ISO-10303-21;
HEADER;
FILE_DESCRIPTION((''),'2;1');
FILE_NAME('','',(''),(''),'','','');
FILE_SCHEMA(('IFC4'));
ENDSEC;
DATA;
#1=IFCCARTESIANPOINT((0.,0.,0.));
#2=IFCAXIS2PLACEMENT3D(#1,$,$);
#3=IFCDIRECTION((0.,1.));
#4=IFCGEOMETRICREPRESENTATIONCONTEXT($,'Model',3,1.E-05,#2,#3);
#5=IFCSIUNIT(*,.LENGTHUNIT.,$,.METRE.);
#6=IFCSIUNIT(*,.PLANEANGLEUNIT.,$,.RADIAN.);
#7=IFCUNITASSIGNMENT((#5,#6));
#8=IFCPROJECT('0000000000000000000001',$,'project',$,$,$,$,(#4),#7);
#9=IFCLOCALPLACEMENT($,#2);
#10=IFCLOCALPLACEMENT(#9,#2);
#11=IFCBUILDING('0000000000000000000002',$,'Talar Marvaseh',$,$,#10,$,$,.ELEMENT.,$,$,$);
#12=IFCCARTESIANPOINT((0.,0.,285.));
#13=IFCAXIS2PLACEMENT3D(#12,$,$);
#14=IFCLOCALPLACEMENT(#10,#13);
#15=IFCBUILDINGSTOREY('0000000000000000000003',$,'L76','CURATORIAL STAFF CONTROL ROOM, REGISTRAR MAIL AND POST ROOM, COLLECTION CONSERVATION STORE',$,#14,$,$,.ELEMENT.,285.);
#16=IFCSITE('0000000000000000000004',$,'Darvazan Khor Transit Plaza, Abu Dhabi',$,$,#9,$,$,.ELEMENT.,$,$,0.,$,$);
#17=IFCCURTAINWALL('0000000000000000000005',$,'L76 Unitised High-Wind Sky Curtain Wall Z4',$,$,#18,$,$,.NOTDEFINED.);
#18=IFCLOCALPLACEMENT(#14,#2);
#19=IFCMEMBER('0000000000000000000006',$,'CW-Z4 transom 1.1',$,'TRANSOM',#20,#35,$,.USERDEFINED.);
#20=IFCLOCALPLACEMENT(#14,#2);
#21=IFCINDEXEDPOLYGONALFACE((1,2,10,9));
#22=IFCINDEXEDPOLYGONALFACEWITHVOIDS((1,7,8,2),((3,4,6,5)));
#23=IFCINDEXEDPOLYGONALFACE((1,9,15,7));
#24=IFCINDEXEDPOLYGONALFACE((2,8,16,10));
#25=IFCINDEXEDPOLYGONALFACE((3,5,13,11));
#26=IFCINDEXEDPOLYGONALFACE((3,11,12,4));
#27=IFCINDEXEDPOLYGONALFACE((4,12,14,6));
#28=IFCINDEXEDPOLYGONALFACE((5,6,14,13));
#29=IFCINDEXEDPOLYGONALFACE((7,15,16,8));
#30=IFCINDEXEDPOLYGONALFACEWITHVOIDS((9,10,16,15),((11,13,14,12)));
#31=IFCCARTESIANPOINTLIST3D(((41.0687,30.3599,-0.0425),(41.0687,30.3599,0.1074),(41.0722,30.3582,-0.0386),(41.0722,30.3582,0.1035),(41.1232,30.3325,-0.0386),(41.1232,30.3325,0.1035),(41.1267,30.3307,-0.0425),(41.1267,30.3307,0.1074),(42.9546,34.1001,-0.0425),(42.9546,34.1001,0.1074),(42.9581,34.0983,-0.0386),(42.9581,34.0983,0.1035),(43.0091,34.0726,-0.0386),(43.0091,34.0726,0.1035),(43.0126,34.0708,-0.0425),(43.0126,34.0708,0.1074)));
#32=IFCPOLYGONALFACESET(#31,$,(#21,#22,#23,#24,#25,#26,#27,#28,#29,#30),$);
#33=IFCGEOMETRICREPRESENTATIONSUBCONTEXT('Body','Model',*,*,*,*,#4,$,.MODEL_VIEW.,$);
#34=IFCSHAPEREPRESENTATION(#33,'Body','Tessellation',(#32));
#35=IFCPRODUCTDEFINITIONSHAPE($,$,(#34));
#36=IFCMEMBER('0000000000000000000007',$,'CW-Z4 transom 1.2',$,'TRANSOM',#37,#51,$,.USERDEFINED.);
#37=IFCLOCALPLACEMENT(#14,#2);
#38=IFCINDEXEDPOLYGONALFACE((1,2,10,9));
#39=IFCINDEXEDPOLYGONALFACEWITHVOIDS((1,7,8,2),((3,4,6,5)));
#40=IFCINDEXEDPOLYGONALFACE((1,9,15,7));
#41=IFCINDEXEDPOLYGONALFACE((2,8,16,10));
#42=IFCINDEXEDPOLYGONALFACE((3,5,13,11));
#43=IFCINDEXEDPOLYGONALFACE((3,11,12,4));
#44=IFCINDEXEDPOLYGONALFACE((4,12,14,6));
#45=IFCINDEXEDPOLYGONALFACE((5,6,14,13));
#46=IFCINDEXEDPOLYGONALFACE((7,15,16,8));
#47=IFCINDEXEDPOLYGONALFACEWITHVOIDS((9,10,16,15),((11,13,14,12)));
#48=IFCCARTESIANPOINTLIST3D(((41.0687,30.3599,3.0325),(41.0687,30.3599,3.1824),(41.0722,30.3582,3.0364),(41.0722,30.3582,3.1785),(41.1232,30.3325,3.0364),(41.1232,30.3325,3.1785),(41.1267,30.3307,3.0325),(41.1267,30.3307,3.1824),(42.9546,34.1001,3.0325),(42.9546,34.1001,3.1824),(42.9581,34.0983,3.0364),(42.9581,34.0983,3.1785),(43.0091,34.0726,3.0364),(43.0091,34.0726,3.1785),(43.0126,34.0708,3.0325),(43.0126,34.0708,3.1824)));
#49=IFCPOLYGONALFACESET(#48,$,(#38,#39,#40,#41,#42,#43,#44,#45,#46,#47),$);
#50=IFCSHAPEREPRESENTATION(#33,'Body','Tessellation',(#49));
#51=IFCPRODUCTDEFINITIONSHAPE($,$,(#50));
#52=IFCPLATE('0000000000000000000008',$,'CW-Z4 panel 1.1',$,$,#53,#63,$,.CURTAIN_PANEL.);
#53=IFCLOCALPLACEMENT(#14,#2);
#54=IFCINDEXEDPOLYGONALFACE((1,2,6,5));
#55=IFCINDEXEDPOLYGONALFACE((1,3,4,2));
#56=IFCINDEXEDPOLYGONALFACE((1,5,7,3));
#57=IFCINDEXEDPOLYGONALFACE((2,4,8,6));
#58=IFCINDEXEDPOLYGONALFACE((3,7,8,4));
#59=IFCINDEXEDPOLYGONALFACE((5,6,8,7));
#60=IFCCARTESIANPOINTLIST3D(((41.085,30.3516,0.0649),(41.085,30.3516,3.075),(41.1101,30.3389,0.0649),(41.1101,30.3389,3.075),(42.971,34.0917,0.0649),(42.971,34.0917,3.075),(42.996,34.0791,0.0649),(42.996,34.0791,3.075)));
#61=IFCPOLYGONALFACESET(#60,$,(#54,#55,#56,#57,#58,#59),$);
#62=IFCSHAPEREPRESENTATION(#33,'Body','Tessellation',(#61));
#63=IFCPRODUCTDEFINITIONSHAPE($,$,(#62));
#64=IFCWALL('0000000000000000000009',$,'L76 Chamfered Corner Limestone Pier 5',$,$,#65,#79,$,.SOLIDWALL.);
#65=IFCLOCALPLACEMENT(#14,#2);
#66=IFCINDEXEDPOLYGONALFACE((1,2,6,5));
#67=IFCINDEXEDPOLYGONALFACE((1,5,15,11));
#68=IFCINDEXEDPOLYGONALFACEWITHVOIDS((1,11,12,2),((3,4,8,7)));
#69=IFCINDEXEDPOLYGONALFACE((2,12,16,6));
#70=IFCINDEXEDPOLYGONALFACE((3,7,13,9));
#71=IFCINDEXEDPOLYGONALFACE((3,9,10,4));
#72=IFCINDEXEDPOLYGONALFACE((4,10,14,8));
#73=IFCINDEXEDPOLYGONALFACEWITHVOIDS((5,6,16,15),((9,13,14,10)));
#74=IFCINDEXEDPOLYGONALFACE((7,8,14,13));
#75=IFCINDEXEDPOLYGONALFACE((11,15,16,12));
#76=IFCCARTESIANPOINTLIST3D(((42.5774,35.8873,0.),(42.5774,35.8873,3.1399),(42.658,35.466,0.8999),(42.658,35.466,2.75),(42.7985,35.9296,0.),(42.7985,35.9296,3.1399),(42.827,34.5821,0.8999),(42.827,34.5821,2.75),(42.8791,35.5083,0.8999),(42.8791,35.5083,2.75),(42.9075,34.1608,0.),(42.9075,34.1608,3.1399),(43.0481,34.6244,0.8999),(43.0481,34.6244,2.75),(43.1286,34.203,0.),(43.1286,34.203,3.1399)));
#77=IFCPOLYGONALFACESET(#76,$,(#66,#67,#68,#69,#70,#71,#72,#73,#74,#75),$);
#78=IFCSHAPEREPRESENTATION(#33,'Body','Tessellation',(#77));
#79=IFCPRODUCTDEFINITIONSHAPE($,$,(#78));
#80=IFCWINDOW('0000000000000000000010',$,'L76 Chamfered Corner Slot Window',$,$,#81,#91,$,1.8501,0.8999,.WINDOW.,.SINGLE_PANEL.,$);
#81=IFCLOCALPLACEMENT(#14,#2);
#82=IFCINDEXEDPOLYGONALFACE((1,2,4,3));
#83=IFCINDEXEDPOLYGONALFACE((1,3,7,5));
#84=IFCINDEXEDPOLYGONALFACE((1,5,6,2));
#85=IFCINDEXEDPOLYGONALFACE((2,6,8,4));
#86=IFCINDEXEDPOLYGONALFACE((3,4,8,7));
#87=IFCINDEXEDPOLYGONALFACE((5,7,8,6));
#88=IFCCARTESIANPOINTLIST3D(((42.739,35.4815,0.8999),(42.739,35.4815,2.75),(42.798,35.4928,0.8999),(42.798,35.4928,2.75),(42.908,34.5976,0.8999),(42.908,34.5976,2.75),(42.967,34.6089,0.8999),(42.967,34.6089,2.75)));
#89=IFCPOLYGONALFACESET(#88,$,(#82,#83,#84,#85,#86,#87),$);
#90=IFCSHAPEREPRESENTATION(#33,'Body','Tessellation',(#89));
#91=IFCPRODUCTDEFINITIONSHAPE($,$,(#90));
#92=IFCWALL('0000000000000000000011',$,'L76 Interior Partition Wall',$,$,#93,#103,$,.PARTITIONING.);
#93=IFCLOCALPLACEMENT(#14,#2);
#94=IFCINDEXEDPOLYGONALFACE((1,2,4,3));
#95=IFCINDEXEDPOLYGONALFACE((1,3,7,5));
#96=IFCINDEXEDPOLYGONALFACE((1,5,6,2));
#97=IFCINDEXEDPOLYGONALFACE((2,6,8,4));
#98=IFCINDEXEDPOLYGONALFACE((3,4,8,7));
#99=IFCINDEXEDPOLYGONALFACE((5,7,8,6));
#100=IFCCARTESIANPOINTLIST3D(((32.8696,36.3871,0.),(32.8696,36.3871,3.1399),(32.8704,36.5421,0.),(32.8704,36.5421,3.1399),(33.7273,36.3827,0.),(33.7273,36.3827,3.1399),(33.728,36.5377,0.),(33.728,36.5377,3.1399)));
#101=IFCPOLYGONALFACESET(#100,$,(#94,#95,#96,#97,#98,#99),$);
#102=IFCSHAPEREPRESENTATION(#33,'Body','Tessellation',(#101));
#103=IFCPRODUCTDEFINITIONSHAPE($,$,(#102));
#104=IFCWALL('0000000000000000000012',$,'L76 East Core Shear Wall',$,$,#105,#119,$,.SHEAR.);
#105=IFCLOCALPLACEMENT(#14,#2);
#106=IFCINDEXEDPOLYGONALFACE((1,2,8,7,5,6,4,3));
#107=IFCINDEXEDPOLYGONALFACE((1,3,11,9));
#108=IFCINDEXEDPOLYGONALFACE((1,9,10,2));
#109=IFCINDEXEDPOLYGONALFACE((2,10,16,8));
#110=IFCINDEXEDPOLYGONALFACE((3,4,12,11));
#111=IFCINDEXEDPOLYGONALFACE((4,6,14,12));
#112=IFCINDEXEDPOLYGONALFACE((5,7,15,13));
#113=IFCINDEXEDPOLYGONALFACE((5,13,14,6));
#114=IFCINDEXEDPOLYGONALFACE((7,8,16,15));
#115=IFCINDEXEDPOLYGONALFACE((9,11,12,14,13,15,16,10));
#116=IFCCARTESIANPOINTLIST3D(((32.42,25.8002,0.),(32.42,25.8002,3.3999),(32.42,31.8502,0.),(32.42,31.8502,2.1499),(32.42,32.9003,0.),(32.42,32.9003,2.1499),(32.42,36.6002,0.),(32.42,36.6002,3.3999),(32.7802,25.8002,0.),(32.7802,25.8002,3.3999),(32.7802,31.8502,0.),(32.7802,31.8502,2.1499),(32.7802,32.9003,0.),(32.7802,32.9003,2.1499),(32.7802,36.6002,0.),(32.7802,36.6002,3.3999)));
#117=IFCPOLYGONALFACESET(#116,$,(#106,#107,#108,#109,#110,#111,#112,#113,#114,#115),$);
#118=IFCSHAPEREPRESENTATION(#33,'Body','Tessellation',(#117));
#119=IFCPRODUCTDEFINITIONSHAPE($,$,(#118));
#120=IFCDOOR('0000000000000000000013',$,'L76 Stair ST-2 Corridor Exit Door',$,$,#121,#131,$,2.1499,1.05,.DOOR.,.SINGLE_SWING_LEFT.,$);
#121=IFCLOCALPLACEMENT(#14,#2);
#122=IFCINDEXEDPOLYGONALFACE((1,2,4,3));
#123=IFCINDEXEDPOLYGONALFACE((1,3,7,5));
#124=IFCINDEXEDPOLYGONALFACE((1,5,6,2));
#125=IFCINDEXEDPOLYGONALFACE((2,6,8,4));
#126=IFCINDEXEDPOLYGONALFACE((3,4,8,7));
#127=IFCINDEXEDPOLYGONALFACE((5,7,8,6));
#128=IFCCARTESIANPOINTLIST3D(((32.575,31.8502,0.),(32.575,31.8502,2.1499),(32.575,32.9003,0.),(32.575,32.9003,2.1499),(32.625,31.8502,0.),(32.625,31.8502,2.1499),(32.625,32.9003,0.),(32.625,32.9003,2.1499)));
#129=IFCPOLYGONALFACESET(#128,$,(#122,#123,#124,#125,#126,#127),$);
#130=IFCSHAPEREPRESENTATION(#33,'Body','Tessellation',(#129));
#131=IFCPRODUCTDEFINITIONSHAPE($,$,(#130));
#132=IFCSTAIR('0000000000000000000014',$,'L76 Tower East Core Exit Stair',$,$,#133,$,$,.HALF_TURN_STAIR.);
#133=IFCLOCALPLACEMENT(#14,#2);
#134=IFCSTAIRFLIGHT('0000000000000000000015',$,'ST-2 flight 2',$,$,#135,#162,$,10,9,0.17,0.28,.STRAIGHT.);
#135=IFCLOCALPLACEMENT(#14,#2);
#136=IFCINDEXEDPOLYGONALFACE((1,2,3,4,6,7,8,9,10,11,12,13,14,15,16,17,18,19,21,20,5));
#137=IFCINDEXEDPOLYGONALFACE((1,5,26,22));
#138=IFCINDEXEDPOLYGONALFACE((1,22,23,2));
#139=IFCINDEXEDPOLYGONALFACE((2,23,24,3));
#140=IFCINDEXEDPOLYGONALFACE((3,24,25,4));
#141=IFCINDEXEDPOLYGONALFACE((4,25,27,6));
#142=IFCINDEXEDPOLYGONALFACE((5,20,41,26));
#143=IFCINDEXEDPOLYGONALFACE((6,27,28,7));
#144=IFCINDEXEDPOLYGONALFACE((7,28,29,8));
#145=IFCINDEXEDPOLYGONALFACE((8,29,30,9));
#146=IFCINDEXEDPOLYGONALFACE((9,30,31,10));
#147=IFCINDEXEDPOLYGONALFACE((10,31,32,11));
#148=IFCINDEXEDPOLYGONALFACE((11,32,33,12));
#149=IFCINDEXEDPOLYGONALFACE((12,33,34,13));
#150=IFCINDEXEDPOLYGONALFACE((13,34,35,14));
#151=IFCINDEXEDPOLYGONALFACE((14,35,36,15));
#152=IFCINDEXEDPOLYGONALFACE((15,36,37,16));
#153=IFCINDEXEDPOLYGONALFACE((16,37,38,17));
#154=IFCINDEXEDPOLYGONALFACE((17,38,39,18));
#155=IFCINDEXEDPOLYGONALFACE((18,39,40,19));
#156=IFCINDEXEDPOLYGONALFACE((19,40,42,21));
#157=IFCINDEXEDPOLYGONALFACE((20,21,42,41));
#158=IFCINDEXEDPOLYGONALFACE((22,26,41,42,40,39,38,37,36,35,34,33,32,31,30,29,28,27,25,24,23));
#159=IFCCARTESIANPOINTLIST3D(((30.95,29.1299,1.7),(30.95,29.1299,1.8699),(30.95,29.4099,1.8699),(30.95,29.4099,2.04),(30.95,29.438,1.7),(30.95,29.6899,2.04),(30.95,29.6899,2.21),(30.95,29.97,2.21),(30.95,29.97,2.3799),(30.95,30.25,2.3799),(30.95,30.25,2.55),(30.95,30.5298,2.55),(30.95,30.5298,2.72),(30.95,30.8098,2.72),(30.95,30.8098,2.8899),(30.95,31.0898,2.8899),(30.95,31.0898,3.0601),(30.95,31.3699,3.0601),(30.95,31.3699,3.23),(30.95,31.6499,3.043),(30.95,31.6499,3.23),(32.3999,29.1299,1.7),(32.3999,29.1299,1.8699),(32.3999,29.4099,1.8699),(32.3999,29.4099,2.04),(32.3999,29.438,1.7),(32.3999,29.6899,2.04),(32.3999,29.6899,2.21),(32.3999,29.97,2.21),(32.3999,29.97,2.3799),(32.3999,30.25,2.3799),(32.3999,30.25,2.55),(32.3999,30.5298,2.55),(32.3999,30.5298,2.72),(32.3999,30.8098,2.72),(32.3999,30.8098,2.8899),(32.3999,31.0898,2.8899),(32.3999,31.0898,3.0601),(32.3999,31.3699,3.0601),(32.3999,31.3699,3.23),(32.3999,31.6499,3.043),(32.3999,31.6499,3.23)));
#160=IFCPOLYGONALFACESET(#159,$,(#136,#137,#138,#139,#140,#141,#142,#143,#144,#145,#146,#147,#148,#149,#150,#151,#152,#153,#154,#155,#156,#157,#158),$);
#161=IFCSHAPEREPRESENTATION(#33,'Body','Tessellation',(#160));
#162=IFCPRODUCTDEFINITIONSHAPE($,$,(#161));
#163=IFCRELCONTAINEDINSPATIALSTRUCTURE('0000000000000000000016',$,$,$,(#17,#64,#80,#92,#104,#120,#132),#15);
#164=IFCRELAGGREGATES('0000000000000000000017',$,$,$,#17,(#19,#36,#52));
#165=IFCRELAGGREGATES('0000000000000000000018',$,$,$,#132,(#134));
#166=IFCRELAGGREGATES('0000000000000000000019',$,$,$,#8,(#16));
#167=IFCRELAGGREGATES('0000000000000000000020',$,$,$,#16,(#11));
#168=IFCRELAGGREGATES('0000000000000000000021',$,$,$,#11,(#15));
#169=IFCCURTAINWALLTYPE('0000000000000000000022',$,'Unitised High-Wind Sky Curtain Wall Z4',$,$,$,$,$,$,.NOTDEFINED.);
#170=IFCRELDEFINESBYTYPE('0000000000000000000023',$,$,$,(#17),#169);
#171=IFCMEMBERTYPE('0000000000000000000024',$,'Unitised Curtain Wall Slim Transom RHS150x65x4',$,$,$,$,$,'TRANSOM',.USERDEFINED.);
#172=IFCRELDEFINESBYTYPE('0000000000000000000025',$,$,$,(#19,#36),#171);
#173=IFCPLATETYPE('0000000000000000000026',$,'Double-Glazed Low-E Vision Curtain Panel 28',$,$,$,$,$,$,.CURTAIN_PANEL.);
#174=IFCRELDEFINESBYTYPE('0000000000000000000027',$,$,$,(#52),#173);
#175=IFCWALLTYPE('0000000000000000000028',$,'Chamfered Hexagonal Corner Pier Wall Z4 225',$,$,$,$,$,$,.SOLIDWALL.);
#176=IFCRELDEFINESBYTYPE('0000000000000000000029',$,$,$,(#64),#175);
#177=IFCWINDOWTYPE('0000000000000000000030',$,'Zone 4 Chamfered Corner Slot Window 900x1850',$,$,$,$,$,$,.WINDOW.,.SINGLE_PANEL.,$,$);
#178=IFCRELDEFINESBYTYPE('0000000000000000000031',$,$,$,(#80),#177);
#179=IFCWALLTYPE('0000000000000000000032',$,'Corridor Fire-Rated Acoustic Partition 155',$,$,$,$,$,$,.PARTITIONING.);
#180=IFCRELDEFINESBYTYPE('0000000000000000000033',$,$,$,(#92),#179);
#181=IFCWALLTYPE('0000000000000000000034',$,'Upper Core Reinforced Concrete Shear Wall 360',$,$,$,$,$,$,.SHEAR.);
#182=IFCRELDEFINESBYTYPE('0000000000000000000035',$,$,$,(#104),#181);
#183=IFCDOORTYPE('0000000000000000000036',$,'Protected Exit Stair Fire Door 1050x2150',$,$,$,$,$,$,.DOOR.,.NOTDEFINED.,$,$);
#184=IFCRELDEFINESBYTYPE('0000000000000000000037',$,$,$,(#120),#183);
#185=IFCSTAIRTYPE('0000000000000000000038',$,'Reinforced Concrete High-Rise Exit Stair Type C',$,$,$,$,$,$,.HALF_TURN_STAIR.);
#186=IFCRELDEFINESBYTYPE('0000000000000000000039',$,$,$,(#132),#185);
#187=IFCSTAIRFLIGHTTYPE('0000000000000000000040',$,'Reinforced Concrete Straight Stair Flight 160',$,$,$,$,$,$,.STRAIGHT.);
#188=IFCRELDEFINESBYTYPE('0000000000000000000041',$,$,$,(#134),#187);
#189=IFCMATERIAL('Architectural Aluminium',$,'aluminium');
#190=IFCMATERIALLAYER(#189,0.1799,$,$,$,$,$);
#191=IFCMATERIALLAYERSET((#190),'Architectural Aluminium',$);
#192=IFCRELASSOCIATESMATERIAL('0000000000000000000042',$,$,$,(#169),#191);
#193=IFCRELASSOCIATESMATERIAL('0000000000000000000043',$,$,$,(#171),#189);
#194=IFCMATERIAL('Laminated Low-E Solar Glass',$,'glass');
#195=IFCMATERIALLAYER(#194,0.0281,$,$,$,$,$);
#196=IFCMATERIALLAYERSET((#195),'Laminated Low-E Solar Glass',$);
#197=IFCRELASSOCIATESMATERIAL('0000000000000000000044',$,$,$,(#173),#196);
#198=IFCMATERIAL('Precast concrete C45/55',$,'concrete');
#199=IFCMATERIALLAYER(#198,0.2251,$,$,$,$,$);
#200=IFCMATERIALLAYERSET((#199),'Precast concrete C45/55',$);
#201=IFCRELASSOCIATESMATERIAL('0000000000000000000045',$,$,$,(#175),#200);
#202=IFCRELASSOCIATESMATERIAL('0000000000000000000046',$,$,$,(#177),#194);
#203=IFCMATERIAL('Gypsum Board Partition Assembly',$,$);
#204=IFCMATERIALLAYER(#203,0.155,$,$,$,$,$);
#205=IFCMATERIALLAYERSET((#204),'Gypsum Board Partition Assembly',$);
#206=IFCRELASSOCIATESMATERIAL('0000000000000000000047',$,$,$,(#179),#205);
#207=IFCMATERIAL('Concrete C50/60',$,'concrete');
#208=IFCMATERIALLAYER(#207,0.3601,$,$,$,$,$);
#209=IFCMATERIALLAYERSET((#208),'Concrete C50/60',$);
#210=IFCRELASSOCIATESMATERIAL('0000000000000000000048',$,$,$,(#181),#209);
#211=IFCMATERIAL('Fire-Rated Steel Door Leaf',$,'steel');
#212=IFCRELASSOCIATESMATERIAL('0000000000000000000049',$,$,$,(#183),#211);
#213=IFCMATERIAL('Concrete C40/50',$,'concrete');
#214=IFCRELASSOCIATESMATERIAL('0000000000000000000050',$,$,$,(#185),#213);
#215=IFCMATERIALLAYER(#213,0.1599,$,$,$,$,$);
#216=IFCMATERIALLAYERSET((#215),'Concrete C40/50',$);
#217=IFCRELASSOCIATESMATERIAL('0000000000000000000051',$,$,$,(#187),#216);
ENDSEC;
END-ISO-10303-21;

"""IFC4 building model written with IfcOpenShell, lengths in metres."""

from ifc_helpers import new_model, si_unit, direction, frame, frame_2d, origin, origin_2d, place, context, subcontext, project, spatial, polyline, rectangle, hollow_rectangle, outline, extrude, source, transform, mapped, material, layer, layer_set, material_profile, profile_set, type_object, type_shapes, element, fill, aggregate, save


model = new_model("IFC4")

# Units and contexts
model_context = context("Model", 3, precision=1e-05, world=origin(), true_north=direction((0.0, 1.0)))
body_context = subcontext(model_context, "Body", "Model", "MODEL_VIEW")
ifc_project = project(units=[si_unit("LENGTHUNIT", "METRE"), si_unit("PLANEANGLEUNIT", "RADIAN")], contexts=[model_context])

# Site, building, storey
site_placement = place(None, origin())
site = spatial("IfcSite", under=ifc_project, at=site_placement, Name="Darvazan Khor Transit Plaza, Abu Dhabi", CompositionType="ELEMENT", RefElevation=0.0)
building_placement = place(site_placement, origin())
building = spatial("IfcBuilding", under=site, at=building_placement, Name="Talar Marvaseh", CompositionType="ELEMENT")
storey_placement = place(building_placement, frame((0.0, 0.0, 285.0)))
storey = spatial("IfcBuildingStorey", under=building, at=storey_placement, Name="L76", Description="CURATORIAL STAFF CONTROL ROOM, REGISTRAR MAIL AND POST ROOM, COLLECTION CONSERVATION STORE", CompositionType="ELEMENT", Elevation=285.0)

# Shared definitions
ifc_material_1 = material(Name="Concrete C50/60", Category="concrete")

# Shared definitions
ifc_material_2 = material(Name="Architectural Aluminium", Category="aluminium")
ifc_layer_1 = layer(ifc_material_2, 0.1799)
ifc_layer_set_1 = layer_set([ifc_layer_1], Name="Architectural Aluminium")
curtain_wall_type = type_object("IfcCurtainWallType", Name="Unitised High-Wind Sky Curtain Wall Z4", PredefinedType="NOTDEFINED", material=ifc_layer_set_1)

# Curtain wall, members, plate
curtain_wall_1_placement = place(storey_placement, origin())
curtain_wall_1 = element("IfcCurtainWall", 1, at=curtain_wall_1_placement, inside=storey, type_object=curtain_wall_type, Name="L76 Unitised High-Wind Sky Curtain Wall Z4", PredefinedType="NOTDEFINED")
ifc_material_profile_1 = material_profile(ifc_material_2, hollow_rectangle(XDim=0.0649, YDim=0.1499, WallThickness=0.0039, at=origin_2d()), Name="RHS150x65x4")
ifc_profile_set_1 = profile_set([ifc_material_profile_1], Name="Architectural Aluminium")
member_type_1 = type_object("IfcMemberType", Name="Unitised Curtain Wall Slim Transom RHS150x65x4", ElementType="TRANSOM", PredefinedType="USERDEFINED", material=ifc_profile_set_1)
shared_shape_1 = source(origin(), body_context, "Body", "SweptSolid", [
    extrude(hollow_rectangle(XDim=0.0649, YDim=0.1499, WallThickness=0.0039, at=origin_2d()), origin(), (0.0, 0.0, 1.0), 4.1887),
])
member_1_placement = place(storey_placement, frame((42.9836, 34.0854, 0.0325), z_axis=(-0.450242, -0.892907, 0.0), x_axis=(0.892907, -0.450242, 0.0)))
member_1 = element("IfcMember", 2, at=member_1_placement, type_object=member_type_1, Name="CW-Z4 transom 1.1", ObjectType="TRANSOM", PredefinedType="USERDEFINED", context=body_context, shape_type="MappedRepresentation", body=[
    mapped(shared_shape_1, transform((0.0, 0.0, 0.0), x_axis=(1.0, 0.0, 0.0), y_axis=(0.0, 1.0, 0.0), z_axis=(0.0, 0.0, 1.0), scale=1.0)),
])
member_2_placement = place(storey_placement, frame((42.9836, 34.0854, 3.1074), z_axis=(-0.450242, -0.892907, 0.0), x_axis=(0.892907, -0.450242, 0.0)))
member_2 = element("IfcMember", 3, at=member_2_placement, type_object=member_type_1, Name="CW-Z4 transom 1.2", ObjectType="TRANSOM", PredefinedType="USERDEFINED", context=body_context, shape_type="MappedRepresentation", body=[
    mapped(shared_shape_1, transform((0.0, 0.0, 0.0), x_axis=(1.0, 0.0, 0.0), y_axis=(0.0, 1.0, 0.0), z_axis=(0.0, 0.0, 1.0), scale=1.0)),
])
ifc_material_3 = material(Name="Laminated Low-E Solar Glass", Category="glass")
ifc_layer_2 = layer(ifc_material_3, 0.0281)
ifc_layer_set_2 = layer_set([ifc_layer_2], Name="Laminated Low-E Solar Glass")
plate_type = type_object("IfcPlateType", Name="Double-Glazed Low-E Vision Curtain Panel 28", PredefinedType="CURTAIN_PANEL", material=ifc_layer_set_2)
shared_shape_2 = source(origin(), body_context, "Body", "SweptSolid", [
    extrude(rectangle(XDim=4.1887, YDim=0.0281, at=origin_2d()), origin(), (0.0, 0.0, 1.0), 3.01),
])
type_shapes(plate_type, [shared_shape_2])
plate_placement = place(storey_placement, frame((42.0405, 32.2153, 0.0649), z_axis=(0.0, 0.0, 1.0), x_axis=(-0.450237, -0.892909, 0.0)))
plate = element("IfcPlate", 4, at=plate_placement, type_object=plate_type, Name="CW-Z4 panel 1.1", PredefinedType="CURTAIN_PANEL", context=body_context, shape_type="MappedRepresentation", body=[
    mapped(shared_shape_2, transform((0.0, 0.0, 0.0), x_axis=(1.0, 0.0, 0.0), y_axis=(0.0, 1.0, 0.0), z_axis=(0.0, 0.0, 1.0), scale=1.0)),
])
aggregate(curtain_wall_1, [member_1, member_2, plate])

# Wall, opening, window
ifc_material_4 = material(Name="Precast concrete C45/55", Category="concrete")
ifc_layer_3 = layer(ifc_material_4, 0.2251)
ifc_layer_set_3 = layer_set([ifc_layer_3], Name="Precast concrete C45/55")
wall_type_1 = type_object("IfcWallType", Name="Chamfered Hexagonal Corner Pier Wall Z4 225", PredefinedType="SOLIDWALL", material=ifc_layer_set_3)
wall_1_placement = place(storey_placement, frame((42.688, 35.9084, 0.0), z_axis=(0.0, 0.0, 1.0), x_axis=(0.187776, -0.982212, 0.0)))
wall_1 = element("IfcWall", 5, at=wall_1_placement, inside=storey, type_object=wall_type_1, Name="L76 Chamfered Corner Limestone Pier 5", PredefinedType="SOLIDWALL", context=body_context, shape_type="SweptSolid", body=[
    extrude(rectangle(XDim=1.7578, YDim=0.2251, at=frame_2d((0.8789, 0.0))), origin(), (0.0, 0.0, 1.0), 3.1399),
])
opening_1_placement = place(wall_1_placement, frame((0.429, 0.0, 0.8999)))
opening_1 = element("IfcOpeningElement", 6, at=opening_1_placement, cuts=wall_1, PredefinedType="OPENING", context=body_context, shape_type="SweptSolid", body=[
    extrude(rectangle(XDim=0.8999, YDim=1.8501, at=frame_2d((0.45, 0.925))), frame((0.0, 0.1226, 0.0), z_axis=(0.0, -1.0, 0.0), x_axis=(1.0, 0.0, 0.0)), (0.0, 0.0, 1.0), 0.2451),
])
window_type = type_object("IfcWindowType", Name="Zone 4 Chamfered Corner Slot Window 900x1850", PartitioningType="SINGLE_PANEL", PredefinedType="WINDOW", material=ifc_material_3)
shared_shape_3 = source(origin(), body_context, "Body", "SweptSolid", [
    extrude(rectangle(XDim=0.8999, YDim=1.8501, at=frame_2d((0.45, 0.925))), frame((0.0, 0.03, 0.0), z_axis=(0.0, -1.0, 0.0), x_axis=(1.0, 0.0, 0.0)), (0.0, 0.0, 1.0), 0.0601),
])
type_shapes(window_type, [shared_shape_3])
window_placement = place(opening_1_placement, origin())
window = element("IfcWindow", 7, at=window_placement, inside=storey, type_object=window_type, Name="L76 Chamfered Corner Slot Window", OverallHeight=1.8501, OverallWidth=0.8999, PartitioningType="SINGLE_PANEL", PredefinedType="WINDOW", context=body_context, shape_type="MappedRepresentation", body=[
    mapped(shared_shape_3, transform((0.0, 0.0, 0.0), x_axis=(1.0, 0.0, 0.0), y_axis=(0.0, 1.0, 0.0), z_axis=(0.0, 0.0, 1.0), scale=1.0)),
])
fill(opening_1, window)

# Wall
ifc_material_5 = material(Name="Gypsum Board Partition Assembly")
ifc_layer_4 = layer(ifc_material_5, 0.155)
ifc_layer_set_4 = layer_set([ifc_layer_4], Name="Gypsum Board Partition Assembly")
wall_type_2 = type_object("IfcWallType", Name="Corridor Fire-Rated Acoustic Partition 155", PredefinedType="PARTITIONING", material=ifc_layer_set_4)
wall_2_placement = place(storey_placement, frame((32.8701, 36.4646, 0.0), z_axis=(0.0, 0.0, 1.0), x_axis=(0.999987, -0.005124, 0.0)))
element("IfcWall", 8, at=wall_2_placement, inside=storey, type_object=wall_type_2, Name="L76 Interior Partition Wall", PredefinedType="PARTITIONING", context=body_context, shape_type="SweptSolid", body=[
    extrude(rectangle(XDim=0.8577, YDim=0.155, at=frame_2d((0.4287, 0.0))), origin(), (0.0, 0.0, 1.0), 3.1399),
])

# Wall, opening, door
ifc_layer_5 = layer(ifc_material_1, 0.3601)
ifc_layer_set_5 = layer_set([ifc_layer_5], Name="Concrete C50/60")
wall_type_3 = type_object("IfcWallType", Name="Upper Core Reinforced Concrete Shear Wall 360", PredefinedType="SHEAR", material=ifc_layer_set_5)
wall_3_placement = place(storey_placement, frame((32.6001, 36.6001, 0.0), z_axis=(0.0, 0.0, 1.0), x_axis=(0.0, -1.0, 0.0)))
wall_3 = element("IfcWall", 9, at=wall_3_placement, inside=storey, type_object=wall_type_3, Name="L76 East Core Shear Wall", PredefinedType="SHEAR", context=body_context, shape_type="SweptSolid", body=[
    extrude(rectangle(XDim=10.8, YDim=0.3601, at=frame_2d((5.3999, 0.0))), origin(), (0.0, 0.0, 1.0), 3.3999),
])
opening_2_placement = place(wall_3_placement, frame((3.7, 0.0, 0.0)))
opening_2 = element("IfcOpeningElement", 10, at=opening_2_placement, cuts=wall_3, PredefinedType="OPENING", context=body_context, shape_type="SweptSolid", body=[
    extrude(rectangle(XDim=1.05, YDim=2.1499, at=frame_2d((0.5249, 1.075))), frame((0.0, 0.1899, 0.0), z_axis=(0.0, -1.0, 0.0), x_axis=(1.0, 0.0, 0.0)), (0.0, 0.0, 1.0), 0.3801),
])
ifc_material_6 = material(Name="Fire-Rated Steel Door Leaf", Category="steel")
door_type = type_object("IfcDoorType", Name="Protected Exit Stair Fire Door 1050x2150", OperationType="NOTDEFINED", PredefinedType="DOOR", material=ifc_material_6)
shared_shape_4 = source(origin(), body_context, "Body", "SweptSolid", [
    extrude(rectangle(XDim=1.05, YDim=2.1499, at=frame_2d((0.5249, 1.075))), frame((0.0, 0.0249, 0.0), z_axis=(0.0, -1.0, 0.0), x_axis=(1.0, 0.0, 0.0)), (0.0, 0.0, 1.0), 0.05),
])
type_shapes(door_type, [shared_shape_4])
door_placement = place(opening_2_placement, origin())
door = element("IfcDoor", 11, at=door_placement, inside=storey, type_object=door_type, Name="L76 Stair ST-2 Corridor Exit Door", OperationType="SINGLE_SWING_LEFT", OverallHeight=2.1499, OverallWidth=1.05, PredefinedType="DOOR", context=body_context, shape_type="MappedRepresentation", body=[
    mapped(shared_shape_4, transform((0.0, 0.0, 0.0), x_axis=(1.0, 0.0, 0.0), y_axis=(0.0, 1.0, 0.0), z_axis=(0.0, 0.0, 1.0), scale=1.0)),
])
fill(opening_2, door)

# Stair, stair flight
ifc_material_7 = material(Name="Concrete C40/50", Category="concrete")
stair_type = type_object("IfcStairType", Name="Reinforced Concrete High-Rise Exit Stair Type C", PredefinedType="HALF_TURN_STAIR", material=ifc_material_7)
stair_placement = place(storey_placement, origin())
stair = element("IfcStair", 12, at=stair_placement, inside=storey, type_object=stair_type, Name="L76 Tower East Core Exit Stair", PredefinedType="HALF_TURN_STAIR")
ifc_layer_6 = layer(ifc_material_7, 0.1599)
ifc_layer_set_6 = layer_set([ifc_layer_6], Name="Concrete C40/50")
stair_flight_type = type_object("IfcStairFlightType", Name="Reinforced Concrete Straight Stair Flight 160", PredefinedType="STRAIGHT", material=ifc_layer_set_6)
stair_flight_placement = place(storey_placement, frame((31.675, 29.1299, 1.7), z_axis=(0.0, 0.0, 1.0), x_axis=(0.0, 1.0, 0.0)))
stair_flight = element("IfcStairFlight", 13, at=stair_flight_placement, type_object=stair_flight_type, Name="ST-2 flight 2", NumberOfRisers=10, NumberOfTreads=9, PredefinedType="STRAIGHT", RiserHeight=0.17, TreadLength=0.28, context=body_context, shape_type="SweptSolid", body=[
    extrude(outline(polyline([(0.0, 0.0), (0.0, 0.1699), (0.28, 0.1699), (0.28, 0.3401), (0.5601, 0.3401), (0.5601, 0.51), (0.8401, 0.51), (0.8401, 0.6799), (1.1201, 0.6799), (1.1201, 0.8501), (1.3999, 0.8501), (1.3999, 1.02), (1.6799, 1.02), (1.6799, 1.1899), (1.96, 1.1899), (1.96, 1.3601), (2.24, 1.3601), (2.24, 1.53), (2.52, 1.53), (2.52, 1.7), (2.52, 1.343), (0.3081, 0.0), (0.0, 0.0)])), frame((0.0, 0.7251, 0.0), z_axis=(0.0, -1.0, 0.0), x_axis=(1.0, 0.0, 0.0)), (0.0, 0.0, 1.0), 1.45),
])
aggregate(stair, [stair_flight])

save(model, "model.ifc")
